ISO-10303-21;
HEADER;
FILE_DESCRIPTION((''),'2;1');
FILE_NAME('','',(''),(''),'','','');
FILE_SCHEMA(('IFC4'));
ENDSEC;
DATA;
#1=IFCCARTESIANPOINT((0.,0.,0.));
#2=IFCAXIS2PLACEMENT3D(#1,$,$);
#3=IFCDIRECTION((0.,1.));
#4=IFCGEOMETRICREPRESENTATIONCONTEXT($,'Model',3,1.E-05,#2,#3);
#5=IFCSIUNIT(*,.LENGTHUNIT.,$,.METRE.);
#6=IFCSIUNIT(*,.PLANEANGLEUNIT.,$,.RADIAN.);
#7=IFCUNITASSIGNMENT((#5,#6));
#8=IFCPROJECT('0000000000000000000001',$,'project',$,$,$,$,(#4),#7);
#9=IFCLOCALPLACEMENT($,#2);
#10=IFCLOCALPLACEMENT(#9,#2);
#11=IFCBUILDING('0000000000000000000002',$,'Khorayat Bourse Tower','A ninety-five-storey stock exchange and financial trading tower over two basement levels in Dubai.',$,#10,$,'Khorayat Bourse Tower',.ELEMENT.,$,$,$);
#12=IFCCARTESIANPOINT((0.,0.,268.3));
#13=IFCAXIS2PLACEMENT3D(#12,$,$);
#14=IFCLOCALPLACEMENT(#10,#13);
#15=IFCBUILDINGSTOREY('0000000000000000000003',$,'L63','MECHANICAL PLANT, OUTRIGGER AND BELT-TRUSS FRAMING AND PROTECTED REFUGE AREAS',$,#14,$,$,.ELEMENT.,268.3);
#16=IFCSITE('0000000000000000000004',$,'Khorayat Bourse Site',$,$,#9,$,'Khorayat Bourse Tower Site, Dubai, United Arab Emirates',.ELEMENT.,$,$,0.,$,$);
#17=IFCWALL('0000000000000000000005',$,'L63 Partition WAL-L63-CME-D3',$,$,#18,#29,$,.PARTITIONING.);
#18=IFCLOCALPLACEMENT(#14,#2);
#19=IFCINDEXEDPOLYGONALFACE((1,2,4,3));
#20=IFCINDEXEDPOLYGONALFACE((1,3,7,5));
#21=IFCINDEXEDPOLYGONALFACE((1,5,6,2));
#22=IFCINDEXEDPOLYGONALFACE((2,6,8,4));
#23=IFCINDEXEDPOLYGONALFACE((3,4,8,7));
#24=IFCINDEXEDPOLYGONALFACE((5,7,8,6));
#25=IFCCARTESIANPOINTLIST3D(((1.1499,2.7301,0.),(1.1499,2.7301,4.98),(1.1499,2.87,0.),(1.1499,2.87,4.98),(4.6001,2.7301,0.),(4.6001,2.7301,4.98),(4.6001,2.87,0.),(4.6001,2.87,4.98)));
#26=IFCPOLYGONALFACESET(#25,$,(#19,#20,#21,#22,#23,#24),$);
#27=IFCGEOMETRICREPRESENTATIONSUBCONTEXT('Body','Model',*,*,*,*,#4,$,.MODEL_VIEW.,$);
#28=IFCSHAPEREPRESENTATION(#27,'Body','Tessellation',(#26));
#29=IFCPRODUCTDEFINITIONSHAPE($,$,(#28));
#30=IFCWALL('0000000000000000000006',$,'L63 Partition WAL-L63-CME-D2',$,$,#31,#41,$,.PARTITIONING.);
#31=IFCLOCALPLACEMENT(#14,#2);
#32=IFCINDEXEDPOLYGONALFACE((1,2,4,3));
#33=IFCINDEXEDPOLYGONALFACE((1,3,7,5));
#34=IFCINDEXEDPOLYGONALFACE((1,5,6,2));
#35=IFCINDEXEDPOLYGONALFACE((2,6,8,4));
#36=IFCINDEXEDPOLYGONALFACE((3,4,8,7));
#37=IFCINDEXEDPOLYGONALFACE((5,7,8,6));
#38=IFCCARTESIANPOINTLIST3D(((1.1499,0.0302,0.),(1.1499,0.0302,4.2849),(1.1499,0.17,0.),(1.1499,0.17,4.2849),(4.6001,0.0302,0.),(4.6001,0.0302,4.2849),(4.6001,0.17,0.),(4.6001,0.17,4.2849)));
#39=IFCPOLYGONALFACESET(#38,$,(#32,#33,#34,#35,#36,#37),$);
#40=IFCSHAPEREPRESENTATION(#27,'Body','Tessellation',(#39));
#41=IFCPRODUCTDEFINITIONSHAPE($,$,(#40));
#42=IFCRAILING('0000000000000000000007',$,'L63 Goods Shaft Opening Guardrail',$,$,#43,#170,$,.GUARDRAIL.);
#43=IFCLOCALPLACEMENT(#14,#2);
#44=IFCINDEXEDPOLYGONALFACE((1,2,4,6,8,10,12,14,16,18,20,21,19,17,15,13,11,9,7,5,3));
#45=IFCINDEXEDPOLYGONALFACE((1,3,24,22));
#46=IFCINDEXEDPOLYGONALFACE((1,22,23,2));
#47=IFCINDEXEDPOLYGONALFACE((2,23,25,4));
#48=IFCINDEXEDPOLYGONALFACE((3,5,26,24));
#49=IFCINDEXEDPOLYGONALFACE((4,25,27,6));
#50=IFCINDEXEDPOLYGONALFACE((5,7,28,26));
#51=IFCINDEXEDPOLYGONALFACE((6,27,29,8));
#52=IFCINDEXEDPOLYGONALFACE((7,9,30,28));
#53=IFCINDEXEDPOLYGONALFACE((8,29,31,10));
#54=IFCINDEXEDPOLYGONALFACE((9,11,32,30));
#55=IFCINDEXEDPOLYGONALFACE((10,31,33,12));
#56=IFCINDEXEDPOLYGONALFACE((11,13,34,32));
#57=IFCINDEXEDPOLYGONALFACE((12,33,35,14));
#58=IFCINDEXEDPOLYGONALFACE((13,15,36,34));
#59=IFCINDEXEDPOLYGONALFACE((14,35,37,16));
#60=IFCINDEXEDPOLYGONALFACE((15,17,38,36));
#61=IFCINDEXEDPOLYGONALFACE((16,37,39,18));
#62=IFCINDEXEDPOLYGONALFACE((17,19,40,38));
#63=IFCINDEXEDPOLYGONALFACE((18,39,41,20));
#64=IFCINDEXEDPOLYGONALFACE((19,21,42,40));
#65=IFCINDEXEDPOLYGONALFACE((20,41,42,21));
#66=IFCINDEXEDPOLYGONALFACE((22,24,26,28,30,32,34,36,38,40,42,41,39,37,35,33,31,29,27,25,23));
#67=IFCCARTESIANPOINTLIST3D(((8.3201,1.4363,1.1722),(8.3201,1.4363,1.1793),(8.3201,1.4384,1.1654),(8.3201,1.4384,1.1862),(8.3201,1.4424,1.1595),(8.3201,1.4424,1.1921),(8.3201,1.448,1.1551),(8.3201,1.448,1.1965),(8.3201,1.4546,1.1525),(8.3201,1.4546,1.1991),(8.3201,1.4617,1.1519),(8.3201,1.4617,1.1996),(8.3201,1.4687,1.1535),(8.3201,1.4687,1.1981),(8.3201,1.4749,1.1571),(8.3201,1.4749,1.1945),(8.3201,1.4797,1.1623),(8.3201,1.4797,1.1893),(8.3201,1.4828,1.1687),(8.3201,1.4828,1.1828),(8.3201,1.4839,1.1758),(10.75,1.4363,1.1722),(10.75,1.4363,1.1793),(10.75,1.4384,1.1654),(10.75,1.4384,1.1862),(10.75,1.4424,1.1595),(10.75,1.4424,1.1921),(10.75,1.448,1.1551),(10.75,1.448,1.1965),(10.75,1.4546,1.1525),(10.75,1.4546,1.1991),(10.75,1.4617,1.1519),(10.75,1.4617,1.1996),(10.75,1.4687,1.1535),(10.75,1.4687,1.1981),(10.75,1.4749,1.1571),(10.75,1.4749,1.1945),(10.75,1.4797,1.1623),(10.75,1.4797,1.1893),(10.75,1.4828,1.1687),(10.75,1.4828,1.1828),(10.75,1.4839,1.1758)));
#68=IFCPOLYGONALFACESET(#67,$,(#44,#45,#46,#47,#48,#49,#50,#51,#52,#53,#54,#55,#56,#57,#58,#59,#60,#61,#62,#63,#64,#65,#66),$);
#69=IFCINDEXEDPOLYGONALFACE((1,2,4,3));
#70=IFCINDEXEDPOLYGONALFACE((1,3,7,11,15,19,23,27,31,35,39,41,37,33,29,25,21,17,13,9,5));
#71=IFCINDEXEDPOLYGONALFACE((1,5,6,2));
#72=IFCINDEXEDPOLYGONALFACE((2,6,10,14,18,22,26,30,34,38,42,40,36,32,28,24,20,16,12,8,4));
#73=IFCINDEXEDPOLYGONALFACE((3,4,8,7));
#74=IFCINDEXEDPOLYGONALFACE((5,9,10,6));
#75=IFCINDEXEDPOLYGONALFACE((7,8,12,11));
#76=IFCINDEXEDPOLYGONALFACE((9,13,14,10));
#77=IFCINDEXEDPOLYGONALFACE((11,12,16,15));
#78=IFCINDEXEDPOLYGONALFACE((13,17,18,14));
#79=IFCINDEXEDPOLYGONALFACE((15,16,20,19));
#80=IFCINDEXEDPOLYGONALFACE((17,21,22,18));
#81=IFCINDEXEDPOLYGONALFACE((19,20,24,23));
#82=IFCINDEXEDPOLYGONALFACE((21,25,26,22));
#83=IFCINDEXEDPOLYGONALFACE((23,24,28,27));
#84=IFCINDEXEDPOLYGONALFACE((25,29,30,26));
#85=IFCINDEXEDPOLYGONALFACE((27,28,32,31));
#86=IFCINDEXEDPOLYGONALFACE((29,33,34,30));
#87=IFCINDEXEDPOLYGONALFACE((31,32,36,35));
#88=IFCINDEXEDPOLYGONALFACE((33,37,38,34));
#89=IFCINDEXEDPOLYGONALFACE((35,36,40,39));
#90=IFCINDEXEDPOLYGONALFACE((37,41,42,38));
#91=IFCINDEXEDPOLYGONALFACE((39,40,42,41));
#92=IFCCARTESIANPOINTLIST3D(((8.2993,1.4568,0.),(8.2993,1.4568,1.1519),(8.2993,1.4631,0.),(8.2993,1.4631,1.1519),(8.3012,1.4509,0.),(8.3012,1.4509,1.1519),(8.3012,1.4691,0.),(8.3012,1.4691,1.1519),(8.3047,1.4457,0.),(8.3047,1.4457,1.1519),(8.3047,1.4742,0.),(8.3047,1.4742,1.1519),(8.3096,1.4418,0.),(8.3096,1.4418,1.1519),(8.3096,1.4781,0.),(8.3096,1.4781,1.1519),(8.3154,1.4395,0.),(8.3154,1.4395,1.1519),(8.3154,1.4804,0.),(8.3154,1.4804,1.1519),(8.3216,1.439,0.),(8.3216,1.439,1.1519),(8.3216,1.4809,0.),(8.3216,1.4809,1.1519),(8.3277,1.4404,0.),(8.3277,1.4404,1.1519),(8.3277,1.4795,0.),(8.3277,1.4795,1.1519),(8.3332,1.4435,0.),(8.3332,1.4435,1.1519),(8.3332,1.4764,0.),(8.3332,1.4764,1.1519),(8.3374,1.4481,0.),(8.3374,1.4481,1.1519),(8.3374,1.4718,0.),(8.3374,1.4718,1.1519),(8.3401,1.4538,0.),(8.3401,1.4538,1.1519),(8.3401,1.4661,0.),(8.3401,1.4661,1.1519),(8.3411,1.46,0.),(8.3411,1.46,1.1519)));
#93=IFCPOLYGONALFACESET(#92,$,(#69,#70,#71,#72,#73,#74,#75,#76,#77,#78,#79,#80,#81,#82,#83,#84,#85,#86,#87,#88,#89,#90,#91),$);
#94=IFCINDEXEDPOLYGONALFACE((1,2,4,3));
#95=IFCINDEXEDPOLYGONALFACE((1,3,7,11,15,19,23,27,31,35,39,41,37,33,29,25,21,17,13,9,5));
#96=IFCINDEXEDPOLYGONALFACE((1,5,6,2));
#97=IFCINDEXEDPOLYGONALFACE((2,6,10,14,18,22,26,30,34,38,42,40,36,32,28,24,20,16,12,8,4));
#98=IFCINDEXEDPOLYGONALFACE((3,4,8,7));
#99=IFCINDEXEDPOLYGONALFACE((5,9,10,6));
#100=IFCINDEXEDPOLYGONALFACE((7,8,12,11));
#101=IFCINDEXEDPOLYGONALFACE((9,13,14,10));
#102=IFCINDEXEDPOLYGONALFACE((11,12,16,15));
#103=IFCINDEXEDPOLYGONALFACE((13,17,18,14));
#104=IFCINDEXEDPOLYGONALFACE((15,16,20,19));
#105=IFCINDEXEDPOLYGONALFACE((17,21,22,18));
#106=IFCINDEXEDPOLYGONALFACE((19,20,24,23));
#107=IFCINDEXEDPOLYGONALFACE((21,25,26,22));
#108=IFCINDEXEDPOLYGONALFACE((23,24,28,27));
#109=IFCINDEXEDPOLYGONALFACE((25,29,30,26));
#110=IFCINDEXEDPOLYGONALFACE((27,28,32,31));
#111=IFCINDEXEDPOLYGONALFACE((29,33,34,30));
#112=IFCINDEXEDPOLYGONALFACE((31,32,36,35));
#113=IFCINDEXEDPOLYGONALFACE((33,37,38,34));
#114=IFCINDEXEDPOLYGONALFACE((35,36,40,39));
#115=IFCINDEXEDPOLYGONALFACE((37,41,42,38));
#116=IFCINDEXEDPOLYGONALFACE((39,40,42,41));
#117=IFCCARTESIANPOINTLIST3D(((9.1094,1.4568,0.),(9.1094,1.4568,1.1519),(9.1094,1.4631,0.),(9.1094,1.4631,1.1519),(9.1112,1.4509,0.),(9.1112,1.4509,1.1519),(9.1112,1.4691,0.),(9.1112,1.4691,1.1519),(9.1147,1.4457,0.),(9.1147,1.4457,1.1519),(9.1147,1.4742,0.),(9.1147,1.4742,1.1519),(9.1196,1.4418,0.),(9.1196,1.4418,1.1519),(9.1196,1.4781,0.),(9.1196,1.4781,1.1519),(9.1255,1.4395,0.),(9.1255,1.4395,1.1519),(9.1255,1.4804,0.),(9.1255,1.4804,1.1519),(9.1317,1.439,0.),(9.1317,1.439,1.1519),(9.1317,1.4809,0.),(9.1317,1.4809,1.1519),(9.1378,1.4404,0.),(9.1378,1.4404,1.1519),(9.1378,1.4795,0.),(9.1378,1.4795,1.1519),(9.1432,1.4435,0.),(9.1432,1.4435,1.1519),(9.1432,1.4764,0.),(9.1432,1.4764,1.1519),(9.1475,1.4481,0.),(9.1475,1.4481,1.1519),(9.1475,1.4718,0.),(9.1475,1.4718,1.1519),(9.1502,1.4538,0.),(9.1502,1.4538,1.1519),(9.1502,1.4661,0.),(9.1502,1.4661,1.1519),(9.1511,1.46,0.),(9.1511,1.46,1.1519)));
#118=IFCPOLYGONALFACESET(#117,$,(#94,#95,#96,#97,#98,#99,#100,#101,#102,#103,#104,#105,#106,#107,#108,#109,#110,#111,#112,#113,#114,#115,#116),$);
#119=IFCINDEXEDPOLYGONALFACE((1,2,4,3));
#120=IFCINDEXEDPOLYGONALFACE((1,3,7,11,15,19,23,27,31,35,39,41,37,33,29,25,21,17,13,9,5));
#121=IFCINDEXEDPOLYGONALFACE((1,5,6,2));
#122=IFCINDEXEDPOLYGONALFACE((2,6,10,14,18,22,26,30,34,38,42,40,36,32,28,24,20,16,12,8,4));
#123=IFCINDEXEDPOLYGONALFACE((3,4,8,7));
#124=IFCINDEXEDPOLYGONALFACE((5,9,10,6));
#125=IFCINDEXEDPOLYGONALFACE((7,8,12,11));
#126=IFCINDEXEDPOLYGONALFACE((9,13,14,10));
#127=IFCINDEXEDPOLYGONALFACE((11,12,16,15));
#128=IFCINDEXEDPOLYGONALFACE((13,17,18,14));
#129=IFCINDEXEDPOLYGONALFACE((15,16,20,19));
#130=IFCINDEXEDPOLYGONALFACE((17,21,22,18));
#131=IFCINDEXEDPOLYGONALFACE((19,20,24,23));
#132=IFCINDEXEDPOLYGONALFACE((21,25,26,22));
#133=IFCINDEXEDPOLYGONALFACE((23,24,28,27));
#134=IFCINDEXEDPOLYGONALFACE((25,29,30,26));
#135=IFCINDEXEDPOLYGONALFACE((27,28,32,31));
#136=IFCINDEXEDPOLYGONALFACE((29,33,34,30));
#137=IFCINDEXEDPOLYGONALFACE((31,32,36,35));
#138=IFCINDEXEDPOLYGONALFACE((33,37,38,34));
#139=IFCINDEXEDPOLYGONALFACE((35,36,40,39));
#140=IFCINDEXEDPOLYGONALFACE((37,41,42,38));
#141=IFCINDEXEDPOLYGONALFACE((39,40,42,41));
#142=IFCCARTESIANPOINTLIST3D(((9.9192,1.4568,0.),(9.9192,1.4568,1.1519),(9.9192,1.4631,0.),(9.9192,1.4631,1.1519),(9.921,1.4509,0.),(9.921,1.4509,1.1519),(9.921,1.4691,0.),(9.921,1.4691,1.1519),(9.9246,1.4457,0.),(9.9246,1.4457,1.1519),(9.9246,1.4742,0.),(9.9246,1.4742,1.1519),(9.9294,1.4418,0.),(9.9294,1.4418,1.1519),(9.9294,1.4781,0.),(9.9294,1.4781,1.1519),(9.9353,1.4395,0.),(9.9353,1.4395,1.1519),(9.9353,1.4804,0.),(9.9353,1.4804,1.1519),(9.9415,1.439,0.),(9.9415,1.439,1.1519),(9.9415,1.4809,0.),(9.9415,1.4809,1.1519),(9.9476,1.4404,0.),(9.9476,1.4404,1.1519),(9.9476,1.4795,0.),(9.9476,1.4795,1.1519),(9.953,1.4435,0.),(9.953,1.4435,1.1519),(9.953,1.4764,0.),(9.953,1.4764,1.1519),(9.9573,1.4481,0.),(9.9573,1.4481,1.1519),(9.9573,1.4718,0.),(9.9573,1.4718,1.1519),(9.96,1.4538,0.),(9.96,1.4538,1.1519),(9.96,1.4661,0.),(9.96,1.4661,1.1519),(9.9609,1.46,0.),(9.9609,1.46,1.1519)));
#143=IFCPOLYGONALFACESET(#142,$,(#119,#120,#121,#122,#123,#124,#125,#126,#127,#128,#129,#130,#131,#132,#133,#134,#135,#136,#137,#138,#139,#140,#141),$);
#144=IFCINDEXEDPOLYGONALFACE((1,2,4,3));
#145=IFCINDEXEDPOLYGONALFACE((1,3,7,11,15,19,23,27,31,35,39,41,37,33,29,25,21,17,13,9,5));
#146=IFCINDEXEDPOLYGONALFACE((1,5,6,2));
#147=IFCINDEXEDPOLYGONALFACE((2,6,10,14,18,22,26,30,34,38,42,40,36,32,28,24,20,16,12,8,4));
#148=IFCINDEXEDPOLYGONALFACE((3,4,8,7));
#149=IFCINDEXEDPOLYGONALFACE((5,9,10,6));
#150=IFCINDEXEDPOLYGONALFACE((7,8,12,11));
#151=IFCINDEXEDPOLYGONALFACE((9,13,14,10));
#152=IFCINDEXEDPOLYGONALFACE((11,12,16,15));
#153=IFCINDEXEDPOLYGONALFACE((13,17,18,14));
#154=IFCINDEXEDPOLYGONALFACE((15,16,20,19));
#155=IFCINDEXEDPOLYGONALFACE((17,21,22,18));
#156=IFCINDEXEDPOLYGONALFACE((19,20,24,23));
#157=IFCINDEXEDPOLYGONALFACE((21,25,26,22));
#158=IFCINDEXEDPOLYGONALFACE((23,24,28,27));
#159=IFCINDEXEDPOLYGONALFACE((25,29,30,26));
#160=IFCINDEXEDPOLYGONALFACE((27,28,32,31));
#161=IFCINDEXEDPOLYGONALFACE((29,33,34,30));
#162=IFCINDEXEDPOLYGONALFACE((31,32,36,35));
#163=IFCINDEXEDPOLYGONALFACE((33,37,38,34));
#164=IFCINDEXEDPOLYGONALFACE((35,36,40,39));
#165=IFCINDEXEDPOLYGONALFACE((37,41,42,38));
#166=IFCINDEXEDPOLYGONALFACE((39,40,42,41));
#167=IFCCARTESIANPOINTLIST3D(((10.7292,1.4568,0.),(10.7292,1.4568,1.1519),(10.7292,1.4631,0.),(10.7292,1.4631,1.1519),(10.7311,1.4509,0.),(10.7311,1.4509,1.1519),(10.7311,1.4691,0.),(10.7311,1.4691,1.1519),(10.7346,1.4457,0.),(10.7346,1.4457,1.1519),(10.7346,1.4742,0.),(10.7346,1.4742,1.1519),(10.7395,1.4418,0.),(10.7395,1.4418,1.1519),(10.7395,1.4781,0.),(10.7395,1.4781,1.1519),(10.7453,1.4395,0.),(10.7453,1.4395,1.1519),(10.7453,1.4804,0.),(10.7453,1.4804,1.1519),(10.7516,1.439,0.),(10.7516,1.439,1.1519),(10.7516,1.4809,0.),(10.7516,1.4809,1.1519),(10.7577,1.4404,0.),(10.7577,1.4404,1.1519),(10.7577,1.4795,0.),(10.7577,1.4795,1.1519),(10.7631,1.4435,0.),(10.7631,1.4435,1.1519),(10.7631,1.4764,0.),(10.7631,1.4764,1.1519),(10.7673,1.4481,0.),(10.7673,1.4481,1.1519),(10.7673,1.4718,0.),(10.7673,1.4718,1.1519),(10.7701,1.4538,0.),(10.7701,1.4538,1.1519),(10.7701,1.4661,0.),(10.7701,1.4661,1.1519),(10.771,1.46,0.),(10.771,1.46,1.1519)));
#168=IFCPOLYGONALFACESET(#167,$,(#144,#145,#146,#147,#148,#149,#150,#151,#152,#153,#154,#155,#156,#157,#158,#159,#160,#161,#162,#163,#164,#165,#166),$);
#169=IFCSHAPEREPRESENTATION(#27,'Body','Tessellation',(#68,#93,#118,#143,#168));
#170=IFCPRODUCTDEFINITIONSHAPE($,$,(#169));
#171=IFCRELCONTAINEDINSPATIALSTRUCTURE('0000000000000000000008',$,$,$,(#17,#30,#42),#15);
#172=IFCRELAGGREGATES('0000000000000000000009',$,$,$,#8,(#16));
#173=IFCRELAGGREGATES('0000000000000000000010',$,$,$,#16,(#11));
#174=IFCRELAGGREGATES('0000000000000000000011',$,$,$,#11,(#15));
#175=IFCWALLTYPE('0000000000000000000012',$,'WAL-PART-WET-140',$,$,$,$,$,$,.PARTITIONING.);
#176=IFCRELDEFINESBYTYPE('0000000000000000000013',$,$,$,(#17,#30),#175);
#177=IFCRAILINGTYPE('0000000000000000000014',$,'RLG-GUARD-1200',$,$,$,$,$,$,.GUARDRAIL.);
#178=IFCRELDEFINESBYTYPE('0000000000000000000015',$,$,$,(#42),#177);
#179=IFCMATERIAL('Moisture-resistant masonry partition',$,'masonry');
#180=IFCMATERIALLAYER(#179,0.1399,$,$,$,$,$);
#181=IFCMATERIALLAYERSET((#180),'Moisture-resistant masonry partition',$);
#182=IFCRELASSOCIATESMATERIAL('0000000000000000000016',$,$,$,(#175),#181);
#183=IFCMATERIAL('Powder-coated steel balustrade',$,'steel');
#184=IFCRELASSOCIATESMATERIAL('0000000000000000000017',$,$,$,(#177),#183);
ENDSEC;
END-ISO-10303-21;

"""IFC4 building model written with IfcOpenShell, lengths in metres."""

from ifc_helpers import new_model, si_unit, direction, frame, frame_2d, origin, origin_2d, place, context, subcontext, project, spatial, rectangle, circle, extrude, source, transform, mapped, material, layer, layer_set, type_object, element, save


model = new_model("IFC4")

# Units and contexts
model_context = context("Model", 3, precision=1e-05, world=origin(), true_north=direction((0.0, 1.0)))
body_context = subcontext(model_context, "Body", "Model", "MODEL_VIEW")
ifc_project = project(units=[si_unit("LENGTHUNIT", "METRE"), si_unit("PLANEANGLEUNIT", "RADIAN")], contexts=[model_context])

# Site, building, storey
site_placement = place(None, origin())
site = spatial("IfcSite", under=ifc_project, at=site_placement, Name="Khorayat Bourse Site", LongName="Khorayat Bourse Tower Site, Dubai, United Arab Emirates", CompositionType="ELEMENT", RefElevation=0.0)
building_placement = place(site_placement, origin())
building = spatial("IfcBuilding", under=site, at=building_placement, Name="Khorayat Bourse Tower", Description="A ninety-five-storey stock exchange and financial trading tower over two basement levels in Dubai.", LongName="Khorayat Bourse Tower", CompositionType="ELEMENT")
storey_placement = place(building_placement, frame((0.0, 0.0, 268.3)))
storey = spatial("IfcBuildingStorey", under=building, at=storey_placement, Name="L63", Description="MECHANICAL PLANT, OUTRIGGER AND BELT-TRUSS FRAMING AND PROTECTED REFUGE AREAS", CompositionType="ELEMENT", Elevation=268.3)

# Shared definitions
ifc_material_1 = material(Name="Moisture-resistant masonry partition", Category="masonry")
ifc_layer_1 = layer(ifc_material_1, 0.1399)
ifc_layer_set_1 = layer_set([ifc_layer_1], Name="Moisture-resistant masonry partition")
wall_type_1 = type_object("IfcWallType", Name="WAL-PART-WET-140", PredefinedType="PARTITIONING", material=ifc_layer_set_1)

# Walls
shared_shape_1 = source(origin(), body_context, "Body", "SweptSolid", [
    extrude(rectangle(XDim=3.4502, YDim=0.1399, at=frame_2d((1.7251, 0.0))), origin(), (0.0, 0.0, 1.0), 4.98),
])
for number, where, z_axis, x_axis, name in (
    (1, (1.1499, 2.8, 0.0), (0.0, 0.0, 1.0), (1.0, 0.0, 0.0), "L63 Partition WAL-L63-CME-D3"),
):
    element("IfcWall", number, at=place(storey_placement, frame(where, z_axis=z_axis, x_axis=x_axis)), inside=storey, type_object=wall_type_1, Name=name, PredefinedType="PARTITIONING", context=body_context, shape_type="MappedRepresentation", body=[
        mapped(shared_shape_1, transform((0.0, 0.0, 0.0), scale=1.0)),
    ])
shared_shape_2 = source(origin(), body_context, "Body", "SweptSolid", [
    extrude(rectangle(XDim=3.4502, YDim=0.1399, at=frame_2d((1.7251, 0.0))), origin(), (0.0, 0.0, 1.0), 4.2849),
])
wall_1_placement = place(storey_placement, frame((1.1499, 0.1001, 0.0), z_axis=(0.0, 0.0, 1.0), x_axis=(1.0, 0.0, 0.0)))
element("IfcWall", 2, at=wall_1_placement, inside=storey, type_object=wall_type_1, Name="L63 Partition WAL-L63-CME-D2", PredefinedType="PARTITIONING", context=body_context, shape_type="MappedRepresentation", body=[
    mapped(shared_shape_2, transform((0.0, 0.0, 0.0), scale=1.0)),
])

# Railing
ifc_material_2 = material(Name="Powder-coated steel balustrade", Category="steel")
railing_type = type_object("IfcRailingType", Name="RLG-GUARD-1200", PredefinedType="GUARDRAIL", material=ifc_material_2)
shared_shape_3 = source(origin(), body_context, "Body", "SweptSolid", [
    extrude(circle(Radius=0.0239, at=origin_2d()), frame((0.0, 0.0, 1.1758), z_axis=(1.0, 0.0, 0.0), x_axis=(0.0, 1.0, 0.0)), (0.0, 0.0, 1.0), 2.4299),
    extrude(circle(Radius=0.021, at=origin_2d()), origin(), (0.0, 0.0, 1.0), 1.1519),
    extrude(circle(Radius=0.021, at=origin_2d()), frame((0.8101, 0.0, 0.0)), (0.0, 0.0, 1.0), 1.1519),
    extrude(circle(Radius=0.021, at=origin_2d()), frame((1.6199, 0.0, 0.0)), (0.0, 0.0, 1.0), 1.1519),
    extrude(circle(Radius=0.021, at=origin_2d()), frame((2.4299, 0.0, 0.0)), (0.0, 0.0, 1.0), 1.1519),
])
railing_placement = place(storey_placement, frame((8.3201, 1.46, 0.0)))
element("IfcRailing", 3, at=railing_placement, inside=storey, type_object=railing_type, Name="L63 Goods Shaft Opening Guardrail", PredefinedType="GUARDRAIL", context=body_context, shape_type="MappedRepresentation", body=[
    mapped(shared_shape_3, transform((0.0, 0.0, 0.0), scale=1.0)),
])

save(model, "model.ifc")
